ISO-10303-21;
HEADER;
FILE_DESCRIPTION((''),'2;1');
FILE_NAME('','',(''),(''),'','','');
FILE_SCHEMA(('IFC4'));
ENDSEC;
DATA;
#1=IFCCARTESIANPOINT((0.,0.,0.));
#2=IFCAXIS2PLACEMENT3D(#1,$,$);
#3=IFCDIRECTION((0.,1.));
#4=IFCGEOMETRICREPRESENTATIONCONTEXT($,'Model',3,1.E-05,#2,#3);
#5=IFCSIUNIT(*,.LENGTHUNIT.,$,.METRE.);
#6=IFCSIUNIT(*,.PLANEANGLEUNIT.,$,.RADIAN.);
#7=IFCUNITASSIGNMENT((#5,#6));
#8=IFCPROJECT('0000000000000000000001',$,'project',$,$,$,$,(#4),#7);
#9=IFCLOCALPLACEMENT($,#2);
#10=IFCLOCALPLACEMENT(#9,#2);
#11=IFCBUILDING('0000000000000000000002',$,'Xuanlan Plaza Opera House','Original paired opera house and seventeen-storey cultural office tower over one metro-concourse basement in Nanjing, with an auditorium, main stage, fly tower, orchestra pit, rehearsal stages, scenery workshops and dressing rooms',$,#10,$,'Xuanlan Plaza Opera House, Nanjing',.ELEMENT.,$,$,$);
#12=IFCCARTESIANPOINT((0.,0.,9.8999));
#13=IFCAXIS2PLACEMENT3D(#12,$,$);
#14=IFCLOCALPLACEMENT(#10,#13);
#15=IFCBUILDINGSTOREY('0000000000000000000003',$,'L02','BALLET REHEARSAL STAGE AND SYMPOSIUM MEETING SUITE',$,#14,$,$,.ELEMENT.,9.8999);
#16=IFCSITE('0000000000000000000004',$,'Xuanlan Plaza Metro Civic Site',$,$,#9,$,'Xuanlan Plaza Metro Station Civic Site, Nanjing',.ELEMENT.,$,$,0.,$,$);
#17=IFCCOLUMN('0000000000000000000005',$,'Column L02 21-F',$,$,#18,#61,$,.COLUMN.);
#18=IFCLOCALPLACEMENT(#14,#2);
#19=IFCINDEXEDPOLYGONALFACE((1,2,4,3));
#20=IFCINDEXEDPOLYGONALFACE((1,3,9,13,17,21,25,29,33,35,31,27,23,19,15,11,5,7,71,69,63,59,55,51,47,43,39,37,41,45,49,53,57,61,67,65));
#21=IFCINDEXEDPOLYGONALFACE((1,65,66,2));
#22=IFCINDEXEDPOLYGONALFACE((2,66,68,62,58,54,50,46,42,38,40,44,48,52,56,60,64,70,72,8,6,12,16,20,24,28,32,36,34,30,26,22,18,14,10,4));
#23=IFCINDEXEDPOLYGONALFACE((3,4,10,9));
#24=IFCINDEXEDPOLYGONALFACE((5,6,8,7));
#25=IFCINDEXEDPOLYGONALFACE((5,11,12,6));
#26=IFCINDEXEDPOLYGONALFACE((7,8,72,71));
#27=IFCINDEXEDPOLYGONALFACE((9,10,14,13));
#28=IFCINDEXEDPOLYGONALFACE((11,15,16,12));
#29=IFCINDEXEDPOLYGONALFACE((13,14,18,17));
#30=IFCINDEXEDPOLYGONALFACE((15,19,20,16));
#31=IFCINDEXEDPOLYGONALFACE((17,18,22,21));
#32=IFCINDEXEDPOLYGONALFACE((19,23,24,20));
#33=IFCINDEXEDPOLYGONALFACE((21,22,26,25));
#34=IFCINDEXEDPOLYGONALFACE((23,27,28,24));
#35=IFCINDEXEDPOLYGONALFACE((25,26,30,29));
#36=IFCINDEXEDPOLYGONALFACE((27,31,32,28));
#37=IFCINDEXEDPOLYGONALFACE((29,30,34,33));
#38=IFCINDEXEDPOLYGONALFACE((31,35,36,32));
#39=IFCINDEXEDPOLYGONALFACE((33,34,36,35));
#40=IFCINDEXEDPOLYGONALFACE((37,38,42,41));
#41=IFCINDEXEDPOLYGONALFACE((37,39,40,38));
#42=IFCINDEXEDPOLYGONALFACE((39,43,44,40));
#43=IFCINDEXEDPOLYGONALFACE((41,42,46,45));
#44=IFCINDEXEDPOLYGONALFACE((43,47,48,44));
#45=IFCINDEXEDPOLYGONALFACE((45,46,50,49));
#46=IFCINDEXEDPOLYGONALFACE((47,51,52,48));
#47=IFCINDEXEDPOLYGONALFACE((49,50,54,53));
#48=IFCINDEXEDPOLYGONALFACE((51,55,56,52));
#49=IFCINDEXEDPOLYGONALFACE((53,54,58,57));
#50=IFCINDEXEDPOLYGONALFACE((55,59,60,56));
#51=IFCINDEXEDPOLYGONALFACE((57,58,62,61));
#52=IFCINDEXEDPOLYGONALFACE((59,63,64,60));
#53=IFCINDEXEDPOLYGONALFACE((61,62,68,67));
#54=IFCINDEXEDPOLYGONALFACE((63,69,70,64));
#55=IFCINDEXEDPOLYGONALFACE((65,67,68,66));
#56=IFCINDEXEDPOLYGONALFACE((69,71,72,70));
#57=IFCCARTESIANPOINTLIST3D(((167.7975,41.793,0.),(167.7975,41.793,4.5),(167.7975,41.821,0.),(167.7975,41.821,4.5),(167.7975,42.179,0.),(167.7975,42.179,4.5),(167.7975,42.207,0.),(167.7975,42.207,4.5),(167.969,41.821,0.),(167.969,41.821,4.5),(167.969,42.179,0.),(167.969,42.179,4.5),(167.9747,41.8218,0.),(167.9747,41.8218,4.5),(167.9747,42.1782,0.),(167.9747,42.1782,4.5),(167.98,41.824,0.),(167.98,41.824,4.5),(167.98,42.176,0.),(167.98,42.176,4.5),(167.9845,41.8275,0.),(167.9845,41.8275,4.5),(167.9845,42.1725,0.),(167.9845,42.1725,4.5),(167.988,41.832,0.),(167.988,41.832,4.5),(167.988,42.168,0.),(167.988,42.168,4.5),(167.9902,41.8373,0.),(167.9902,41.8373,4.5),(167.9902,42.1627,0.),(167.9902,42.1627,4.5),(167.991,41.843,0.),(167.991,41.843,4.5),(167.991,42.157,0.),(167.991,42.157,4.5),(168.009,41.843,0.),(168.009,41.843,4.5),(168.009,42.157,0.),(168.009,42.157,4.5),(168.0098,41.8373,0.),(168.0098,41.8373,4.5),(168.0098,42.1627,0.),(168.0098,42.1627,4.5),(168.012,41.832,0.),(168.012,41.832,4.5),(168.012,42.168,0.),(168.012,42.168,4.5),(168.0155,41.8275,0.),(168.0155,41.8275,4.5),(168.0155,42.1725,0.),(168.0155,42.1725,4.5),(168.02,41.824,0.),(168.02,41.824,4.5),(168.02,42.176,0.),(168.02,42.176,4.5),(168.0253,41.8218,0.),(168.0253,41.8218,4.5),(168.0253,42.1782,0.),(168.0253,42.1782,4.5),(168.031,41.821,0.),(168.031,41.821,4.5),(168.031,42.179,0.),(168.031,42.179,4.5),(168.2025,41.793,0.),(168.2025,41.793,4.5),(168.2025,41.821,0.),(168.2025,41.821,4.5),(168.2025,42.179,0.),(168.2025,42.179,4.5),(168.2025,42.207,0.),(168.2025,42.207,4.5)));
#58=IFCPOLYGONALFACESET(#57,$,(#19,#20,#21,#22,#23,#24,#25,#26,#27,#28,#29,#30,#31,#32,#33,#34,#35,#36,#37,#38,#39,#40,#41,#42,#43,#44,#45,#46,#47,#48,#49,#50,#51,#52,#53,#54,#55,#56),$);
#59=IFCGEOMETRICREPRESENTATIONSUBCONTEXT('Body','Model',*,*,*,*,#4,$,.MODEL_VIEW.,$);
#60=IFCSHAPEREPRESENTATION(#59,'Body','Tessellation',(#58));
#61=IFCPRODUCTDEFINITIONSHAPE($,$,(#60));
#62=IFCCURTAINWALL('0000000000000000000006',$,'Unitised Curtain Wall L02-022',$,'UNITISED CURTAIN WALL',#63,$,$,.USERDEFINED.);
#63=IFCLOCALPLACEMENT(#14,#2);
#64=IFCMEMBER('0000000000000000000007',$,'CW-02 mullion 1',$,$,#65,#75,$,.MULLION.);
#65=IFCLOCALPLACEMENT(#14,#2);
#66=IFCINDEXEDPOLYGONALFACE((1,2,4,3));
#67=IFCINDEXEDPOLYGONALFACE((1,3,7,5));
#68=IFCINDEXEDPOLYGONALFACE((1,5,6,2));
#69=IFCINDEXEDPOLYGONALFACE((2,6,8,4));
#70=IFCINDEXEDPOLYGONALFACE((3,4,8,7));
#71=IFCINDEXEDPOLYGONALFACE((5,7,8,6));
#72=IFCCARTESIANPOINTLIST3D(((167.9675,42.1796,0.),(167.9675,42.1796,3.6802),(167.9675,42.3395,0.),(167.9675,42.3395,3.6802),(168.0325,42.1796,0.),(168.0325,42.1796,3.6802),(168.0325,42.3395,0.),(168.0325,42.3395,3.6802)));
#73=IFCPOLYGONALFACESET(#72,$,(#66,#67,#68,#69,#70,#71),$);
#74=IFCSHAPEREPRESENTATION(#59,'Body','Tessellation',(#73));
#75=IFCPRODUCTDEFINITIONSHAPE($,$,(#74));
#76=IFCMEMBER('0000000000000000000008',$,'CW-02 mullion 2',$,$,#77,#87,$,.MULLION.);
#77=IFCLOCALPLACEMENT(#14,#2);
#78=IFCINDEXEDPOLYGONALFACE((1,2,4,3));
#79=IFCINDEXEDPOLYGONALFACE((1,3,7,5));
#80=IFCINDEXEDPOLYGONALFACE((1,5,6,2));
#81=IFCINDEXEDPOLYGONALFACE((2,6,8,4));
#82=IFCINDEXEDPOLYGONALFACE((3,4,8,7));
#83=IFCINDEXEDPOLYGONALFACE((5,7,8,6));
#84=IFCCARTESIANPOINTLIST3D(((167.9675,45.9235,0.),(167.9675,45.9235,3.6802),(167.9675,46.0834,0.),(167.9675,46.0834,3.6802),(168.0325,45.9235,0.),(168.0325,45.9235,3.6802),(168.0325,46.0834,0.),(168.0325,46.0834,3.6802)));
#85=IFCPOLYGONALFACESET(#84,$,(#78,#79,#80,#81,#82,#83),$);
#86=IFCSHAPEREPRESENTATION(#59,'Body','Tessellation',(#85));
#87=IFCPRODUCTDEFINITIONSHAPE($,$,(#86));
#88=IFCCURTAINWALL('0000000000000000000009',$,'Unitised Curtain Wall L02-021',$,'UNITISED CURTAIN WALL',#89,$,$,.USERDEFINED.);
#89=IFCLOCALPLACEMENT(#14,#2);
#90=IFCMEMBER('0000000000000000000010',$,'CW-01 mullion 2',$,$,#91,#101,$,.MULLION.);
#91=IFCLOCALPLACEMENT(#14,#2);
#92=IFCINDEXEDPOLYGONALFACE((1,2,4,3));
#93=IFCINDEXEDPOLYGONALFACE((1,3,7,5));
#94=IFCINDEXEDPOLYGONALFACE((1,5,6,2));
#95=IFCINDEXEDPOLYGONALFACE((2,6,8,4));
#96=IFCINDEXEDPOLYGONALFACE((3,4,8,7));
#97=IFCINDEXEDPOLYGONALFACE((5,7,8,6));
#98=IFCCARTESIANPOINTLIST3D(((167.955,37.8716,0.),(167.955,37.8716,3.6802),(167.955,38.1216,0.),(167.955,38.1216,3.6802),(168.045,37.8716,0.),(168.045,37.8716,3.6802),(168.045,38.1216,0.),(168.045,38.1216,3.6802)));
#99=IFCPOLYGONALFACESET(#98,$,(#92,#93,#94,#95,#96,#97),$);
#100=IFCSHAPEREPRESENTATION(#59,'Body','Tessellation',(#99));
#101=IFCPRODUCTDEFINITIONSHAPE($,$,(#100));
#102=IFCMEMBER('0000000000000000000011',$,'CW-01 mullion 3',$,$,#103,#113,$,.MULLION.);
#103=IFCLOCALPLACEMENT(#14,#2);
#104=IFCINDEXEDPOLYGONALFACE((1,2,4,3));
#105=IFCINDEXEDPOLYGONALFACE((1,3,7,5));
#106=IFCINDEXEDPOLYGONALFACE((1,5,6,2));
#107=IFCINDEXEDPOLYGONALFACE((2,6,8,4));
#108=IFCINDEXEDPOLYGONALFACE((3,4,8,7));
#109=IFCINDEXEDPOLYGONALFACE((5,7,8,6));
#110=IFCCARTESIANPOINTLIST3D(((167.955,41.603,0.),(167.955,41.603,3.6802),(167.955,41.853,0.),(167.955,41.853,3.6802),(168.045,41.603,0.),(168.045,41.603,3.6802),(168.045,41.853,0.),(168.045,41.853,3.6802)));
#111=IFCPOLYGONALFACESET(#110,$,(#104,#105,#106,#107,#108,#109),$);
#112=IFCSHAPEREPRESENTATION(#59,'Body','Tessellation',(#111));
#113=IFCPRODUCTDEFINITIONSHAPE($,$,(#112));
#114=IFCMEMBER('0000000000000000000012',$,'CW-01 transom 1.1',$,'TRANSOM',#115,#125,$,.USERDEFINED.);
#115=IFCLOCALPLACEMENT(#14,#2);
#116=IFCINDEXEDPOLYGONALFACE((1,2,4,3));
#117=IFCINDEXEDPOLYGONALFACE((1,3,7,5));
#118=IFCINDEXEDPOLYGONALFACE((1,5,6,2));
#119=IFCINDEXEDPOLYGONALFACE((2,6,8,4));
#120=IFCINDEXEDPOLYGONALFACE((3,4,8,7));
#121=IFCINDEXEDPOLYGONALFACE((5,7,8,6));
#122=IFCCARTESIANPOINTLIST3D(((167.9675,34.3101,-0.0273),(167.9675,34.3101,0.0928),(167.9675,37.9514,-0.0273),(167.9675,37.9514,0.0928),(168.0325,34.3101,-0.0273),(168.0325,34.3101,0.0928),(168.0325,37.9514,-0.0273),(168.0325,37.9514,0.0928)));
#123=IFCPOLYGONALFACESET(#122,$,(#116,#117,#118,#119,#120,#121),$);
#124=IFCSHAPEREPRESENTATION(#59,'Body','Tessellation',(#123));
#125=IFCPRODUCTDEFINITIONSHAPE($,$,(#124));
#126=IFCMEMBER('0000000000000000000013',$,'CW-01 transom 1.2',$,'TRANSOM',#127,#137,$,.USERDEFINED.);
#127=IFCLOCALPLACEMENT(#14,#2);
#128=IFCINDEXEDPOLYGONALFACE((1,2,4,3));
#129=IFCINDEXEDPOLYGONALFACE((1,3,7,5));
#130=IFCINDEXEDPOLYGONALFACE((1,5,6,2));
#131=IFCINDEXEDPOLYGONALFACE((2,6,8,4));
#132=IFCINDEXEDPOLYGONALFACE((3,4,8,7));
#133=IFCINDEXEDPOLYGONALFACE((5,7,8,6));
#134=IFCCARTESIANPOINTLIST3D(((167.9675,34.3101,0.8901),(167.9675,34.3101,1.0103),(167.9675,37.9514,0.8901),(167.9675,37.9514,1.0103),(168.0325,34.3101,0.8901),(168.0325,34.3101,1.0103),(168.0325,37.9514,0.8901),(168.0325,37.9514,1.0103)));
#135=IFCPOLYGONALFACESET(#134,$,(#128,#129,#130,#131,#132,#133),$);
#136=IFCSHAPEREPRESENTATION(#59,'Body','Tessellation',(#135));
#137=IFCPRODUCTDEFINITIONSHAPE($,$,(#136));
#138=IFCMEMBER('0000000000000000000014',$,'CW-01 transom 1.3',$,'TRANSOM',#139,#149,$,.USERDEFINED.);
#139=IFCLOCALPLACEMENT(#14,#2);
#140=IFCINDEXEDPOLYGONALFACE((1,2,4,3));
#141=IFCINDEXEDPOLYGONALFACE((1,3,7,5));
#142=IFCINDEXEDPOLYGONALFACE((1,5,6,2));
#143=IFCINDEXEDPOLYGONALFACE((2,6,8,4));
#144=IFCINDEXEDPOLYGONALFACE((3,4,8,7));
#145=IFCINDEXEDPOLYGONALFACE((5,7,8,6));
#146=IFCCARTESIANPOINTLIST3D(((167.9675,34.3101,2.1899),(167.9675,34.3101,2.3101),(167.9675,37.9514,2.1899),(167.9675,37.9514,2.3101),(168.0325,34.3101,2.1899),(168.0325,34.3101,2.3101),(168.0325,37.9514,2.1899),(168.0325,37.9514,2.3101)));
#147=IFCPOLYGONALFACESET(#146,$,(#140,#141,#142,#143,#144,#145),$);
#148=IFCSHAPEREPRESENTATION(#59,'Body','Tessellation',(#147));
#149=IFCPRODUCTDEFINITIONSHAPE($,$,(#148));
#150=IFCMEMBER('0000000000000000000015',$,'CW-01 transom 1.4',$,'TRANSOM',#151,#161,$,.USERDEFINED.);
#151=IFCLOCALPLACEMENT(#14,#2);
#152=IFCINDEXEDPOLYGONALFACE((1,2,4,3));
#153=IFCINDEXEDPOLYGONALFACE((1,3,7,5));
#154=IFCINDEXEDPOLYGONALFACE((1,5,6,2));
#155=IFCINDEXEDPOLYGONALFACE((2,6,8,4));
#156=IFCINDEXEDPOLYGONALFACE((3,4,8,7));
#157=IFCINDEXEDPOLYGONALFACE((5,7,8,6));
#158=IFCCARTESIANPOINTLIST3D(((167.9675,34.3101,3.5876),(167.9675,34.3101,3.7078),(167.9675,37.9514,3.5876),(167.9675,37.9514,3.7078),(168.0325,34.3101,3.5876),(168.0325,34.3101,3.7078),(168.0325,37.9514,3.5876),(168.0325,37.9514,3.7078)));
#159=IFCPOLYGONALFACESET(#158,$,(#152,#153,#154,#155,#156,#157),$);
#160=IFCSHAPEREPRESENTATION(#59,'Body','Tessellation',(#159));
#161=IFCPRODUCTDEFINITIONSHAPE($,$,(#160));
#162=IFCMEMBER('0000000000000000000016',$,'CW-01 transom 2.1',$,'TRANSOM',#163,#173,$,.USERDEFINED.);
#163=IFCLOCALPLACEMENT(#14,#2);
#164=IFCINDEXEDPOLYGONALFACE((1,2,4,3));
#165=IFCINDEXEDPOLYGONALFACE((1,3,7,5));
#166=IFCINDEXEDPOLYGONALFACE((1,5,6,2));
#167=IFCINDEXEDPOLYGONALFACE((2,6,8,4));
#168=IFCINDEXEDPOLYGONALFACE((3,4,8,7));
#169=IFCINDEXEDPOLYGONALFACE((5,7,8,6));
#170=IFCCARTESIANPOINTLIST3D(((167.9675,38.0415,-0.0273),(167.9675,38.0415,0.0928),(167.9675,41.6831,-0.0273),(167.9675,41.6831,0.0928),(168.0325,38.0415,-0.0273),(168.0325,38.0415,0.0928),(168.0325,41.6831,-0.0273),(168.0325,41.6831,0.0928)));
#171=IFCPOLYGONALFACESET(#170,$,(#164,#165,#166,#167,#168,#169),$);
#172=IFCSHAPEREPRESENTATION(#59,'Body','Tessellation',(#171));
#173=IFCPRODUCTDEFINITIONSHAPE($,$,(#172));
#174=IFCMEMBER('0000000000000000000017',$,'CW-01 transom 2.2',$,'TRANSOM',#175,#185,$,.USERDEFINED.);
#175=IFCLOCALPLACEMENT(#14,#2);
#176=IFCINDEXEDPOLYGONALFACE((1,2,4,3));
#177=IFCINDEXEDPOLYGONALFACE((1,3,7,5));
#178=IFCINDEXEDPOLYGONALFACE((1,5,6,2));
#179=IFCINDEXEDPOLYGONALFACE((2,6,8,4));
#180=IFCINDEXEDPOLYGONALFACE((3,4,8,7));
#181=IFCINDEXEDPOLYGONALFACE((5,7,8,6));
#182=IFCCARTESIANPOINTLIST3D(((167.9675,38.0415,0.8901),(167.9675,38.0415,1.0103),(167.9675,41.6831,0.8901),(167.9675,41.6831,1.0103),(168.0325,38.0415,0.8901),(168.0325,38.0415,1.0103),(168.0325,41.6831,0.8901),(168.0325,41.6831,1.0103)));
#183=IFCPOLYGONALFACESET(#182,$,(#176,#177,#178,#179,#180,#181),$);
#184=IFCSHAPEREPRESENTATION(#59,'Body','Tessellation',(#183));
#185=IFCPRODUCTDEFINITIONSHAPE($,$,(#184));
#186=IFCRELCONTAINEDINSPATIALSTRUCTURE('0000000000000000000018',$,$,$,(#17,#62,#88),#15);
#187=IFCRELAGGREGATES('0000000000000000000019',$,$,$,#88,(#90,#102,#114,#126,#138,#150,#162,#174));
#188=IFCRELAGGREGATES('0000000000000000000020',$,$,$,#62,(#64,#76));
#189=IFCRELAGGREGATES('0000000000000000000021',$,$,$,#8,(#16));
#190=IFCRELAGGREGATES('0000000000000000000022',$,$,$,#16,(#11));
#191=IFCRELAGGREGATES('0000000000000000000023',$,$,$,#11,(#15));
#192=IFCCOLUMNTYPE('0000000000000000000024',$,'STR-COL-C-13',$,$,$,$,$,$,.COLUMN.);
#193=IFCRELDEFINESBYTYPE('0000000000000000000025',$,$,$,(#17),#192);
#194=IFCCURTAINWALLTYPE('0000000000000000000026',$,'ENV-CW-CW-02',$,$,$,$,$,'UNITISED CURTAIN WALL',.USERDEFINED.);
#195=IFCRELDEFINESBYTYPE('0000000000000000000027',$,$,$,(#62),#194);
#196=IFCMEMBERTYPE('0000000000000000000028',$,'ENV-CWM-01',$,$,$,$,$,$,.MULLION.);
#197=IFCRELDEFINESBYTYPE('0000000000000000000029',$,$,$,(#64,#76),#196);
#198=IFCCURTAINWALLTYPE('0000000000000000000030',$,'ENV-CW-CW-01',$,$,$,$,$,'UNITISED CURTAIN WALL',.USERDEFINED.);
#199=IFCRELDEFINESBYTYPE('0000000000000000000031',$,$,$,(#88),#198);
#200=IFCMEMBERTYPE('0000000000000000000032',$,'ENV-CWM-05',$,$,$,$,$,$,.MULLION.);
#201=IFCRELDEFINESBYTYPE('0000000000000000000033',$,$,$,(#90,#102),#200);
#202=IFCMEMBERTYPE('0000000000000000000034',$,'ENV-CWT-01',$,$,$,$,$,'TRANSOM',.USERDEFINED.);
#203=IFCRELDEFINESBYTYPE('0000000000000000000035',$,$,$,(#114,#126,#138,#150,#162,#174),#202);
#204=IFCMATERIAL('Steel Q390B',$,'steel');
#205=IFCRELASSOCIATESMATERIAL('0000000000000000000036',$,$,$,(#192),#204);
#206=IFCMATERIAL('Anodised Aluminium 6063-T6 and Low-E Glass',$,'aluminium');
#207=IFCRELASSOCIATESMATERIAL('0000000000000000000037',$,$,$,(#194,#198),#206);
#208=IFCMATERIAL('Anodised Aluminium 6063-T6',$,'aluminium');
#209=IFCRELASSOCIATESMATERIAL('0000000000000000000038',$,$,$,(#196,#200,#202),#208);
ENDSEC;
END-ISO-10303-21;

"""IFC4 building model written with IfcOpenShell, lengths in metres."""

from ifc_helpers import new_model, si_unit, direction, frame, origin, origin_2d, place, context, subcontext, project, spatial, rectangle, i_section, extrude, material, material_profile, profile_set, type_object, element, aggregate, save


model = new_model("IFC4")

# Units and contexts
model_context = context("Model", 3, precision=1e-05, world=origin(), true_north=direction((0.0, 1.0)))
body_context = subcontext(model_context, "Body", "Model", "MODEL_VIEW")
ifc_project = project(units=[si_unit("LENGTHUNIT", "METRE"), si_unit("PLANEANGLEUNIT", "RADIAN")], contexts=[model_context])

# Site, building, storey
site_placement = place(None, origin())
site = spatial("IfcSite", under=ifc_project, at=site_placement, Name="Xuanlan Plaza Metro Civic Site", LongName="Xuanlan Plaza Metro Station Civic Site, Nanjing", CompositionType="ELEMENT", RefElevation=0.0)
building_placement = place(site_placement, origin())
building = spatial("IfcBuilding", under=site, at=building_placement, Name="Xuanlan Plaza Opera House", Description="Original paired opera house and seventeen-storey cultural office tower over one metro-concourse basement in Nanjing, with an auditorium, main stage, fly tower, orchestra pit, rehearsal stages, scenery workshops and dressing rooms", LongName="Xuanlan Plaza Opera House, Nanjing", CompositionType="ELEMENT")
storey_placement = place(building_placement, frame((0.0, 0.0, 9.8999)))
storey = spatial("IfcBuildingStorey", under=building, at=storey_placement, Name="L02", Description="BALLET REHEARSAL STAGE AND SYMPOSIUM MEETING SUITE", CompositionType="ELEMENT", Elevation=9.8999)

# Column
ifc_material_1 = material(Name="Steel Q390B", Category="steel")
ifc_material_profile_1 = material_profile(ifc_material_1, i_section(OverallWidth=0.405, OverallDepth=0.4141, WebThickness=0.0181, FlangeThickness=0.0281, FilletRadius=0.022, at=origin_2d()), Name="HW 414x405x18x28")
ifc_profile_set_1 = profile_set([ifc_material_profile_1], Name="Steel Q390B")
column_type = type_object("IfcColumnType", Name="STR-COL-C-13", PredefinedType="COLUMN", material=ifc_profile_set_1)
column_placement = place(storey_placement, frame((168.0, 42.0, 0.0), z_axis=(0.0, 0.0, 1.0), x_axis=(1.0, 0.0, 0.0)))
element("IfcColumn", 1, at=column_placement, inside=storey, type_object=column_type, Name="Column L02 21-F", PredefinedType="COLUMN", context=body_context, shape_type="SweptSolid", body=[
    extrude(i_section(OverallWidth=0.405, OverallDepth=0.4141, WebThickness=0.0181, FlangeThickness=0.0281, FilletRadius=0.022, at=origin_2d()), origin(), (0.0, 0.0, 1.0), 4.5),
])

# Curtain walls, members
ifc_material_2 = material(Name="Anodised Aluminium 6063-T6 and Low-E Glass", Category="aluminium")
curtain_wall_type_1 = type_object("IfcCurtainWallType", Name="ENV-CW-CW-02", ElementType="UNITISED CURTAIN WALL", PredefinedType="USERDEFINED", material=ifc_material_2)
curtain_wall_1_placement = place(storey_placement, origin())
curtain_wall_1 = element("IfcCurtainWall", 2, at=curtain_wall_1_placement, inside=storey, type_object=curtain_wall_type_1, Name="Unitised Curtain Wall L02-022", ObjectType="UNITISED CURTAIN WALL", PredefinedType="USERDEFINED")
ifc_material_3 = material(Name="Anodised Aluminium 6063-T6", Category="aluminium")
ifc_material_profile_2 = material_profile(ifc_material_3, rectangle(XDim=0.0649, YDim=0.1599, at=origin_2d()), Name="ALU-M 65x160")
ifc_profile_set_2 = profile_set([ifc_material_profile_2], Name="Anodised Aluminium 6063-T6")
member_type_1 = type_object("IfcMemberType", Name="ENV-CWM-01", PredefinedType="MULLION", material=ifc_profile_set_2)
member_1_placement = place(storey_placement, frame((168.0, 42.2595, 0.0), z_axis=(0.0, 0.0, 1.0), x_axis=(-1.0, 0.0, 0.0)))
member_1 = element("IfcMember", 3, at=member_1_placement, type_object=member_type_1, Name="CW-02 mullion 1", PredefinedType="MULLION", context=body_context, shape_type="SweptSolid", body=[
    extrude(rectangle(XDim=0.0649, YDim=0.1599, at=origin_2d()), origin(), (0.0, 0.0, 1.0), 3.6802),
])
member_2_placement = place(storey_placement, frame((168.0, 46.0034, 0.0), z_axis=(0.0, 0.0, 1.0), x_axis=(-1.0, 0.0, 0.0)))
member_2 = element("IfcMember", 4, at=member_2_placement, type_object=member_type_1, Name="CW-02 mullion 2", PredefinedType="MULLION", context=body_context, shape_type="SweptSolid", body=[
    extrude(rectangle(XDim=0.0649, YDim=0.1599, at=origin_2d()), origin(), (0.0, 0.0, 1.0), 3.6802),
])
curtain_wall_type_2 = type_object("IfcCurtainWallType", Name="ENV-CW-CW-01", ElementType="UNITISED CURTAIN WALL", PredefinedType="USERDEFINED", material=ifc_material_2)
curtain_wall_2_placement = place(storey_placement, origin())
curtain_wall_2 = element("IfcCurtainWall", 5, at=curtain_wall_2_placement, inside=storey, type_object=curtain_wall_type_2, Name="Unitised Curtain Wall L02-021", ObjectType="UNITISED CURTAIN WALL", PredefinedType="USERDEFINED")
ifc_material_profile_3 = material_profile(ifc_material_3, rectangle(XDim=0.0901, YDim=0.25, at=origin_2d()), Name="ALU-M 90x250")
ifc_profile_set_3 = profile_set([ifc_material_profile_3], Name="Anodised Aluminium 6063-T6")
member_type_2 = type_object("IfcMemberType", Name="ENV-CWM-05", PredefinedType="MULLION", material=ifc_profile_set_3)
member_3_placement = place(storey_placement, frame((168.0, 37.9966, 0.0), z_axis=(0.0, 0.0, 1.0), x_axis=(-1.0, 0.0, 0.0)))
member_3 = element("IfcMember", 6, at=member_3_placement, type_object=member_type_2, Name="CW-01 mullion 2", PredefinedType="MULLION", context=body_context, shape_type="SweptSolid", body=[
    extrude(rectangle(XDim=0.0901, YDim=0.25, at=origin_2d()), origin(), (0.0, 0.0, 1.0), 3.6802),
])
member_4_placement = place(storey_placement, frame((168.0, 41.728, 0.0), z_axis=(0.0, 0.0, 1.0), x_axis=(-1.0, 0.0, 0.0)))
member_4 = element("IfcMember", 7, at=member_4_placement, type_object=member_type_2, Name="CW-01 mullion 3", PredefinedType="MULLION", context=body_context, shape_type="SweptSolid", body=[
    extrude(rectangle(XDim=0.0901, YDim=0.25, at=origin_2d()), origin(), (0.0, 0.0, 1.0), 3.6802),
])
ifc_material_profile_4 = material_profile(ifc_material_3, rectangle(XDim=0.0649, YDim=0.1201, at=origin_2d()), Name="ALU-T 65x120")
ifc_profile_set_4 = profile_set([ifc_material_profile_4], Name="Anodised Aluminium 6063-T6")
member_type_3 = type_object("IfcMemberType", Name="ENV-CWT-01", ElementType="TRANSOM", PredefinedType="USERDEFINED", material=ifc_profile_set_4)
member_5_placement = place(storey_placement, frame((168.0, 34.3101, 0.0327), z_axis=(0.0, 1.0, 0.0), x_axis=(-1.0, 0.0, 0.0)))
member_5 = element("IfcMember", 8, at=member_5_placement, type_object=member_type_3, Name="CW-01 transom 1.1", ObjectType="TRANSOM", PredefinedType="USERDEFINED", context=body_context, shape_type="SweptSolid", body=[
    extrude(rectangle(XDim=0.0649, YDim=0.1201, at=origin_2d()), origin(), (0.0, 0.0, 1.0), 3.6414),
])
member_6_placement = place(storey_placement, frame((168.0, 34.3101, 0.9502), z_axis=(0.0, 1.0, 0.0), x_axis=(-1.0, 0.0, 0.0)))
member_6 = element("IfcMember", 9, at=member_6_placement, type_object=member_type_3, Name="CW-01 transom 1.2", ObjectType="TRANSOM", PredefinedType="USERDEFINED", context=body_context, shape_type="SweptSolid", body=[
    extrude(rectangle(XDim=0.0649, YDim=0.1201, at=origin_2d()), origin(), (0.0, 0.0, 1.0), 3.6414),
])
member_7_placement = place(storey_placement, frame((168.0, 34.3101, 2.25), z_axis=(0.0, 1.0, 0.0), x_axis=(-1.0, 0.0, 0.0)))
member_7 = element("IfcMember", 10, at=member_7_placement, type_object=member_type_3, Name="CW-01 transom 1.3", ObjectType="TRANSOM", PredefinedType="USERDEFINED", context=body_context, shape_type="SweptSolid", body=[
    extrude(rectangle(XDim=0.0649, YDim=0.1201, at=origin_2d()), origin(), (0.0, 0.0, 1.0), 3.6414),
])
member_8_placement = place(storey_placement, frame((168.0, 34.3101, 3.6477), z_axis=(0.0, 1.0, 0.0), x_axis=(-1.0, 0.0, 0.0)))
member_8 = element("IfcMember", 11, at=member_8_placement, type_object=member_type_3, Name="CW-01 transom 1.4", ObjectType="TRANSOM", PredefinedType="USERDEFINED", context=body_context, shape_type="SweptSolid", body=[
    extrude(rectangle(XDim=0.0649, YDim=0.1201, at=origin_2d()), origin(), (0.0, 0.0, 1.0), 3.6414),
])
member_9_placement = place(storey_placement, frame((168.0, 38.0415, 0.0327), z_axis=(0.0, 1.0, 0.0), x_axis=(-1.0, 0.0, 0.0)))
member_9 = element("IfcMember", 12, at=member_9_placement, type_object=member_type_3, Name="CW-01 transom 2.1", ObjectType="TRANSOM", PredefinedType="USERDEFINED", context=body_context, shape_type="SweptSolid", body=[
    extrude(rectangle(XDim=0.0649, YDim=0.1201, at=origin_2d()), origin(), (0.0, 0.0, 1.0), 3.6416),
])
member_10_placement = place(storey_placement, frame((168.0, 38.0415, 0.9502), z_axis=(0.0, 1.0, 0.0), x_axis=(-1.0, 0.0, 0.0)))
member_10 = element("IfcMember", 13, at=member_10_placement, type_object=member_type_3, Name="CW-01 transom 2.2", ObjectType="TRANSOM", PredefinedType="USERDEFINED", context=body_context, shape_type="SweptSolid", body=[
    extrude(rectangle(XDim=0.0649, YDim=0.1201, at=origin_2d()), origin(), (0.0, 0.0, 1.0), 3.6416),
])

aggregate(curtain_wall_2, [member_3, member_4, member_5, member_6, member_7, member_8, member_9, member_10])
aggregate(curtain_wall_1, [member_1, member_2])

save(model, "model.ifc")
